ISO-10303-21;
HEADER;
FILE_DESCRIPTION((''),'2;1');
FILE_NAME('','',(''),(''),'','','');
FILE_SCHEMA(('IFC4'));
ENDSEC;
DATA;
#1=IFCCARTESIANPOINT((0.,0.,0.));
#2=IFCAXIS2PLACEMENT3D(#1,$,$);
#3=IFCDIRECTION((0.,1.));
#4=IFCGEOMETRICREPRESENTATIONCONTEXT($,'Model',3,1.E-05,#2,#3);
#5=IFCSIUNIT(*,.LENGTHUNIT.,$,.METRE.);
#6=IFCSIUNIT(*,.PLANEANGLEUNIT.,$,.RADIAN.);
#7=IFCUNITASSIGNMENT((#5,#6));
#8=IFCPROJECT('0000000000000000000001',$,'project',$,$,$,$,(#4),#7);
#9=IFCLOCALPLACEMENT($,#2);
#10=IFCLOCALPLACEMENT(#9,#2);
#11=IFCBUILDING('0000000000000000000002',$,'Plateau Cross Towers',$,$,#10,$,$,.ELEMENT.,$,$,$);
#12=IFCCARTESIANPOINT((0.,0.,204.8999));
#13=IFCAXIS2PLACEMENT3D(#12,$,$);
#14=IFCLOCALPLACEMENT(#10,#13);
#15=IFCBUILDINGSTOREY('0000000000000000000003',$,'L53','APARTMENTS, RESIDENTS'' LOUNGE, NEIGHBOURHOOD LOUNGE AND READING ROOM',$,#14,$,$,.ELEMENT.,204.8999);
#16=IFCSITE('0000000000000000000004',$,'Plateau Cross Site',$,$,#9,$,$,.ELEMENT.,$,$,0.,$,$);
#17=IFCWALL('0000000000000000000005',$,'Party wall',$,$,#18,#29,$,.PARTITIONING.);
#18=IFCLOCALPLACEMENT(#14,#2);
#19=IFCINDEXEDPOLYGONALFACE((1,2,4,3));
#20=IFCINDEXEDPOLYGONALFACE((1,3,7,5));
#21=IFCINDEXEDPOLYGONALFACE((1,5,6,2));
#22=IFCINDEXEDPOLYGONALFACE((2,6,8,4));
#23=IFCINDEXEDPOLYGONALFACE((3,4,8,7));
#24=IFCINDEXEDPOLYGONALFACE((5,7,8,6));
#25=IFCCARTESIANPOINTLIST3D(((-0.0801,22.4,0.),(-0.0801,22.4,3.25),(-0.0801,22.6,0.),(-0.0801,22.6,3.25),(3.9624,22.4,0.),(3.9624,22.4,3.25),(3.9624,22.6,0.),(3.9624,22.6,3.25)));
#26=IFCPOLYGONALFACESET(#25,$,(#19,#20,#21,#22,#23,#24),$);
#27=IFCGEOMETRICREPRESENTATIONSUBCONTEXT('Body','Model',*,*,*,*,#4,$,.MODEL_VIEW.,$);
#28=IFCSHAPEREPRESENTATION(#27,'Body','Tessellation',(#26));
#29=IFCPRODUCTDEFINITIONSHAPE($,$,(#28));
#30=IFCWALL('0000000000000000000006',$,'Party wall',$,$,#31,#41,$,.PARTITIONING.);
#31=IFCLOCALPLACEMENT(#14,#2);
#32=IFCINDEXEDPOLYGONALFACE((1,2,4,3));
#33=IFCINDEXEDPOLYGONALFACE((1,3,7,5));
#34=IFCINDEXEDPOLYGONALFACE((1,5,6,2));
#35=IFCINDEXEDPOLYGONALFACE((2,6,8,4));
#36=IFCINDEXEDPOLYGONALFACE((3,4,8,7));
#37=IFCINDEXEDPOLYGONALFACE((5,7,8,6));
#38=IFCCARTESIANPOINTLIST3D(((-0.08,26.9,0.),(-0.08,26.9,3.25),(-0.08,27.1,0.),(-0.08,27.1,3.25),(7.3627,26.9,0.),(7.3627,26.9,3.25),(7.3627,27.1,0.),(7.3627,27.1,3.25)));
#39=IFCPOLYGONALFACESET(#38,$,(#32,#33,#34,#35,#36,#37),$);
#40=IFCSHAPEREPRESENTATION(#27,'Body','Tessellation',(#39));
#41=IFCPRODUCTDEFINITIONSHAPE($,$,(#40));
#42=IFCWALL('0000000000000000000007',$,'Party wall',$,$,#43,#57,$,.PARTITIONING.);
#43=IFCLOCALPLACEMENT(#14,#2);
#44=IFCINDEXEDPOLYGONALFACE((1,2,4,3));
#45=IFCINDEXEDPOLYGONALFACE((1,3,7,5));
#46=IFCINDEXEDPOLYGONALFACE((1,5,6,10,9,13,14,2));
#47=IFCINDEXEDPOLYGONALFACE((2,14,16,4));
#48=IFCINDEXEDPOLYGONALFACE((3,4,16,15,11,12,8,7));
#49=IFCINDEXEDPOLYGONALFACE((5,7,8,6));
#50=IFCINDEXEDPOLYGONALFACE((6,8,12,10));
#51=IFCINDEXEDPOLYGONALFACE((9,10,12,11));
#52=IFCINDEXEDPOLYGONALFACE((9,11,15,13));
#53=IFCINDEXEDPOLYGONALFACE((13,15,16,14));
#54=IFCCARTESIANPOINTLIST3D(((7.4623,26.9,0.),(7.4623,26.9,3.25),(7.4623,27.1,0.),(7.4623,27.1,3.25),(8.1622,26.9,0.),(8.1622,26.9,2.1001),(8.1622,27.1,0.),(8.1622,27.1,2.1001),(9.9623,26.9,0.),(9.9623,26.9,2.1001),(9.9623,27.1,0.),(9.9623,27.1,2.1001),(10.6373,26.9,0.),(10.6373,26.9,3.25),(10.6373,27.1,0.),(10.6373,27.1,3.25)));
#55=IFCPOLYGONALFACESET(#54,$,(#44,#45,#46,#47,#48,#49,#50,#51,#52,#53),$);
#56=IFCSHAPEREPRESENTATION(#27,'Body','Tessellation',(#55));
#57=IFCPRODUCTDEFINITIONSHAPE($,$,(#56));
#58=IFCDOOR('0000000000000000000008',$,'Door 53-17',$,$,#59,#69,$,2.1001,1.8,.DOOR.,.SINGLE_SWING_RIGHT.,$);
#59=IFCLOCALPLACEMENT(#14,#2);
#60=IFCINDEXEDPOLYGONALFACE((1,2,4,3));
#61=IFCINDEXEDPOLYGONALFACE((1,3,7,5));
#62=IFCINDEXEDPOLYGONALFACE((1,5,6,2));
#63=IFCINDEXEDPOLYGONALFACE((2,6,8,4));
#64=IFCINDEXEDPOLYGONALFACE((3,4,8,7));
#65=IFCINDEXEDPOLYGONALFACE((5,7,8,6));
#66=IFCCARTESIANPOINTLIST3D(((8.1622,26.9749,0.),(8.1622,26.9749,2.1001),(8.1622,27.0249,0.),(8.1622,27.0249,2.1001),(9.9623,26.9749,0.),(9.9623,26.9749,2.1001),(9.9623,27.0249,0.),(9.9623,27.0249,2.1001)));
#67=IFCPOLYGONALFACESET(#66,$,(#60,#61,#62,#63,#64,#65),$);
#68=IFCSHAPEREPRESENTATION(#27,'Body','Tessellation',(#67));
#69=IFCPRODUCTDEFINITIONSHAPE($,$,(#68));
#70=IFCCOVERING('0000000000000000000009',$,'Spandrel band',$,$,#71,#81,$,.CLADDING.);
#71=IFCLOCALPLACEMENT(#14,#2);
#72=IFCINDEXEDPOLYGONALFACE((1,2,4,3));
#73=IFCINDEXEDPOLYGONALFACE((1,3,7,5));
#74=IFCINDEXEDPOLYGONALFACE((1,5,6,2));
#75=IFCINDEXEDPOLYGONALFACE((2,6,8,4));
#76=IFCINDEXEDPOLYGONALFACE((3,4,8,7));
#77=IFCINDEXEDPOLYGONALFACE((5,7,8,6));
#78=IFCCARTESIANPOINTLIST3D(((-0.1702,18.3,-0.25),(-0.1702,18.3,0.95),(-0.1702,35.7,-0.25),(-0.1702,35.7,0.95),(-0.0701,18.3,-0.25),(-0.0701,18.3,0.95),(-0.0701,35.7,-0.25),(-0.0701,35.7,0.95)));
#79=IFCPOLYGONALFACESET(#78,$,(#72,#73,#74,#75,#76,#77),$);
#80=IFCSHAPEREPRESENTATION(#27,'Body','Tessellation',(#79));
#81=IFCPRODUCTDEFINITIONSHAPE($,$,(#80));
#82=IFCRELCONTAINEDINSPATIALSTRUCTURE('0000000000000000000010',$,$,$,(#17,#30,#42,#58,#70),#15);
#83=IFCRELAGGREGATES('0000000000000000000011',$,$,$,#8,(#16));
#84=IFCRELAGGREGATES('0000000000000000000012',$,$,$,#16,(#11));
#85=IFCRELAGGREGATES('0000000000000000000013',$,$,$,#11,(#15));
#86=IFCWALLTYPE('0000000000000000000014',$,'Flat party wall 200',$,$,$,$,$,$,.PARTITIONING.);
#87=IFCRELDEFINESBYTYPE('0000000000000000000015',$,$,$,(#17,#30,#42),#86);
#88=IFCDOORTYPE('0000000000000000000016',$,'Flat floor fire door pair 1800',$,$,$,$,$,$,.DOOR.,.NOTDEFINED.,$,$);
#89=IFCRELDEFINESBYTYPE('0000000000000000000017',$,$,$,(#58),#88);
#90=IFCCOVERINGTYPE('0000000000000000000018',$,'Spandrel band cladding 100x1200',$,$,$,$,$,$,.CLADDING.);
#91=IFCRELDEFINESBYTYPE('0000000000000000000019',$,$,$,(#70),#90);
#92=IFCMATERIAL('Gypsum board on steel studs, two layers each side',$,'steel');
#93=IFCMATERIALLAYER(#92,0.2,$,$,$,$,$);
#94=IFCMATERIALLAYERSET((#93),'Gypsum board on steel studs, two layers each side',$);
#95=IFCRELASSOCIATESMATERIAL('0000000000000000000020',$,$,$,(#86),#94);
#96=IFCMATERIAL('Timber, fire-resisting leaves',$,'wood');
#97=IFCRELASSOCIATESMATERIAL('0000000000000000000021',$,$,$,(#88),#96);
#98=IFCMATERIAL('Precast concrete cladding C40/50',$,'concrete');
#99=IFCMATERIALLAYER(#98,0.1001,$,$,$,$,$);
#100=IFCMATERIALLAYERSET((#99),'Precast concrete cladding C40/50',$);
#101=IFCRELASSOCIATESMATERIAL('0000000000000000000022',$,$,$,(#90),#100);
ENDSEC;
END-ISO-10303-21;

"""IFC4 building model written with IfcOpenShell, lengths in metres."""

from ifc_helpers import new_model, si_unit, direction, frame, frame_2d, origin, origin_2d, place, context, subcontext, project, spatial, rectangle, extrude, material, layer, layer_set, type_object, element, fill, save


model = new_model("IFC4")

# Units and contexts
model_context = context("Model", 3, precision=1e-05, world=origin(), true_north=direction((0.0, 1.0)))
body_context = subcontext(model_context, "Body", "Model", "MODEL_VIEW")
ifc_project = project(units=[si_unit("LENGTHUNIT", "METRE"), si_unit("PLANEANGLEUNIT", "RADIAN")], contexts=[model_context])

# Site, building, storey
site_placement = place(None, origin())
site = spatial("IfcSite", under=ifc_project, at=site_placement, Name="Plateau Cross Site", CompositionType="ELEMENT", RefElevation=0.0)
building_placement = place(site_placement, origin())
building = spatial("IfcBuilding", under=site, at=building_placement, Name="Plateau Cross Towers", CompositionType="ELEMENT")
storey_placement = place(building_placement, frame((0.0, 0.0, 204.8999)))
storey = spatial("IfcBuildingStorey", under=building, at=storey_placement, Name="L53", Description="APARTMENTS, RESIDENTS' LOUNGE, NEIGHBOURHOOD LOUNGE AND READING ROOM", CompositionType="ELEMENT", Elevation=204.8999)

# Walls
ifc_material_1 = material(Name="Gypsum board on steel studs, two layers each side", Category="steel")
ifc_layer_1 = layer(ifc_material_1, 0.2)
ifc_layer_set_1 = layer_set([ifc_layer_1], Name="Gypsum board on steel studs, two layers each side")
wall_type_1 = type_object("IfcWallType", Name="Flat party wall 200", PredefinedType="PARTITIONING", material=ifc_layer_set_1)
wall_1_placement = place(storey_placement, frame((-0.0801, 22.5, 0.0), z_axis=(0.0, 0.0, 1.0), x_axis=(1.0, 0.0, 0.0)))
element("IfcWall", 1, at=wall_1_placement, inside=storey, type_object=wall_type_1, Name="Party wall", PredefinedType="PARTITIONING", context=body_context, shape_type="SweptSolid", body=[
    extrude(rectangle(XDim=4.0425, YDim=0.2, at=frame_2d((2.0212, 0.0))), origin(), (0.0, 0.0, 1.0), 3.25),
])
wall_2_placement = place(storey_placement, frame((7.3625, 27.0, 0.0), z_axis=(0.0, 0.0, 1.0), x_axis=(-1.0, 0.0, 0.0)))
element("IfcWall", 2, at=wall_2_placement, inside=storey, type_object=wall_type_1, Name="Party wall", PredefinedType="PARTITIONING", context=body_context, shape_type="SweptSolid", body=[
    extrude(rectangle(XDim=7.4426, YDim=0.2, at=frame_2d((3.7212, 0.0))), origin(), (0.0, 0.0, 1.0), 3.25),
])

# Wall, opening, door
wall_3_placement = place(storey_placement, frame((7.4624, 27.0, 0.0), z_axis=(0.0, 0.0, 1.0), x_axis=(1.0, 0.0, 0.0)))
wall_3 = element("IfcWall", 3, at=wall_3_placement, inside=storey, type_object=wall_type_1, Name="Party wall", PredefinedType="PARTITIONING", context=body_context, shape_type="SweptSolid", body=[
    extrude(rectangle(XDim=3.175, YDim=0.2, at=frame_2d((1.5874, 0.0))), origin(), (0.0, 0.0, 1.0), 3.25),
])
opening_1_placement = place(wall_3_placement, frame((0.7, 0.0, 0.0)))
opening_1 = element("IfcOpeningElement", 4, at=opening_1_placement, cuts=wall_3, PredefinedType="OPENING", context=body_context, shape_type="SweptSolid", body=[
    extrude(rectangle(XDim=1.8, YDim=2.1001, at=frame_2d((0.8999, 1.05))), frame((0.0, 0.1099, 0.0), z_axis=(0.0, -1.0, 0.0), x_axis=(1.0, 0.0, 0.0)), (0.0, 0.0, 1.0), 0.22),
])
ifc_material_2 = material(Name="Timber, fire-resisting leaves", Category="wood")
door_type_1 = type_object("IfcDoorType", Name="Flat floor fire door pair 1800", OperationType="NOTDEFINED", PredefinedType="DOOR", material=ifc_material_2)
door_1_placement = place(opening_1_placement, origin())
door_1 = element("IfcDoor", 5, at=door_1_placement, inside=storey, type_object=door_type_1, Name="Door 53-17", OperationType="SINGLE_SWING_RIGHT", OverallHeight=2.1001, OverallWidth=1.8, PredefinedType="DOOR", context=body_context, shape_type="SweptSolid", body=[
    extrude(rectangle(XDim=1.8, YDim=2.1001, at=frame_2d((0.8999, 1.05))), frame((0.0, 0.0249, 0.0), z_axis=(0.0, -1.0, 0.0), x_axis=(1.0, 0.0, 0.0)), (0.0, 0.0, 1.0), 0.05),
])
fill(opening_1, door_1)

# Covering
ifc_material_3 = material(Name="Precast concrete cladding C40/50", Category="concrete")
ifc_layer_2 = layer(ifc_material_3, 0.1001)
ifc_layer_set_2 = layer_set([ifc_layer_2], Name="Precast concrete cladding C40/50")
covering_type = type_object("IfcCoveringType", Name="Spandrel band cladding 100x1200", PredefinedType="CLADDING", material=ifc_layer_set_2)
covering_placement = place(storey_placement, frame((-0.1201, 27.0, -0.25), z_axis=(0.0, 0.0, 1.0), x_axis=(0.0, -1.0, 0.0)))
element("IfcCovering", 6, at=covering_placement, inside=storey, type_object=covering_type, Name="Spandrel band", PredefinedType="CLADDING", context=body_context, shape_type="SweptSolid", body=[
    extrude(rectangle(XDim=17.3999, YDim=0.1001, at=origin_2d()), origin(), (0.0, 0.0, 1.0), 1.2),
])

save(model, "model.ifc")
